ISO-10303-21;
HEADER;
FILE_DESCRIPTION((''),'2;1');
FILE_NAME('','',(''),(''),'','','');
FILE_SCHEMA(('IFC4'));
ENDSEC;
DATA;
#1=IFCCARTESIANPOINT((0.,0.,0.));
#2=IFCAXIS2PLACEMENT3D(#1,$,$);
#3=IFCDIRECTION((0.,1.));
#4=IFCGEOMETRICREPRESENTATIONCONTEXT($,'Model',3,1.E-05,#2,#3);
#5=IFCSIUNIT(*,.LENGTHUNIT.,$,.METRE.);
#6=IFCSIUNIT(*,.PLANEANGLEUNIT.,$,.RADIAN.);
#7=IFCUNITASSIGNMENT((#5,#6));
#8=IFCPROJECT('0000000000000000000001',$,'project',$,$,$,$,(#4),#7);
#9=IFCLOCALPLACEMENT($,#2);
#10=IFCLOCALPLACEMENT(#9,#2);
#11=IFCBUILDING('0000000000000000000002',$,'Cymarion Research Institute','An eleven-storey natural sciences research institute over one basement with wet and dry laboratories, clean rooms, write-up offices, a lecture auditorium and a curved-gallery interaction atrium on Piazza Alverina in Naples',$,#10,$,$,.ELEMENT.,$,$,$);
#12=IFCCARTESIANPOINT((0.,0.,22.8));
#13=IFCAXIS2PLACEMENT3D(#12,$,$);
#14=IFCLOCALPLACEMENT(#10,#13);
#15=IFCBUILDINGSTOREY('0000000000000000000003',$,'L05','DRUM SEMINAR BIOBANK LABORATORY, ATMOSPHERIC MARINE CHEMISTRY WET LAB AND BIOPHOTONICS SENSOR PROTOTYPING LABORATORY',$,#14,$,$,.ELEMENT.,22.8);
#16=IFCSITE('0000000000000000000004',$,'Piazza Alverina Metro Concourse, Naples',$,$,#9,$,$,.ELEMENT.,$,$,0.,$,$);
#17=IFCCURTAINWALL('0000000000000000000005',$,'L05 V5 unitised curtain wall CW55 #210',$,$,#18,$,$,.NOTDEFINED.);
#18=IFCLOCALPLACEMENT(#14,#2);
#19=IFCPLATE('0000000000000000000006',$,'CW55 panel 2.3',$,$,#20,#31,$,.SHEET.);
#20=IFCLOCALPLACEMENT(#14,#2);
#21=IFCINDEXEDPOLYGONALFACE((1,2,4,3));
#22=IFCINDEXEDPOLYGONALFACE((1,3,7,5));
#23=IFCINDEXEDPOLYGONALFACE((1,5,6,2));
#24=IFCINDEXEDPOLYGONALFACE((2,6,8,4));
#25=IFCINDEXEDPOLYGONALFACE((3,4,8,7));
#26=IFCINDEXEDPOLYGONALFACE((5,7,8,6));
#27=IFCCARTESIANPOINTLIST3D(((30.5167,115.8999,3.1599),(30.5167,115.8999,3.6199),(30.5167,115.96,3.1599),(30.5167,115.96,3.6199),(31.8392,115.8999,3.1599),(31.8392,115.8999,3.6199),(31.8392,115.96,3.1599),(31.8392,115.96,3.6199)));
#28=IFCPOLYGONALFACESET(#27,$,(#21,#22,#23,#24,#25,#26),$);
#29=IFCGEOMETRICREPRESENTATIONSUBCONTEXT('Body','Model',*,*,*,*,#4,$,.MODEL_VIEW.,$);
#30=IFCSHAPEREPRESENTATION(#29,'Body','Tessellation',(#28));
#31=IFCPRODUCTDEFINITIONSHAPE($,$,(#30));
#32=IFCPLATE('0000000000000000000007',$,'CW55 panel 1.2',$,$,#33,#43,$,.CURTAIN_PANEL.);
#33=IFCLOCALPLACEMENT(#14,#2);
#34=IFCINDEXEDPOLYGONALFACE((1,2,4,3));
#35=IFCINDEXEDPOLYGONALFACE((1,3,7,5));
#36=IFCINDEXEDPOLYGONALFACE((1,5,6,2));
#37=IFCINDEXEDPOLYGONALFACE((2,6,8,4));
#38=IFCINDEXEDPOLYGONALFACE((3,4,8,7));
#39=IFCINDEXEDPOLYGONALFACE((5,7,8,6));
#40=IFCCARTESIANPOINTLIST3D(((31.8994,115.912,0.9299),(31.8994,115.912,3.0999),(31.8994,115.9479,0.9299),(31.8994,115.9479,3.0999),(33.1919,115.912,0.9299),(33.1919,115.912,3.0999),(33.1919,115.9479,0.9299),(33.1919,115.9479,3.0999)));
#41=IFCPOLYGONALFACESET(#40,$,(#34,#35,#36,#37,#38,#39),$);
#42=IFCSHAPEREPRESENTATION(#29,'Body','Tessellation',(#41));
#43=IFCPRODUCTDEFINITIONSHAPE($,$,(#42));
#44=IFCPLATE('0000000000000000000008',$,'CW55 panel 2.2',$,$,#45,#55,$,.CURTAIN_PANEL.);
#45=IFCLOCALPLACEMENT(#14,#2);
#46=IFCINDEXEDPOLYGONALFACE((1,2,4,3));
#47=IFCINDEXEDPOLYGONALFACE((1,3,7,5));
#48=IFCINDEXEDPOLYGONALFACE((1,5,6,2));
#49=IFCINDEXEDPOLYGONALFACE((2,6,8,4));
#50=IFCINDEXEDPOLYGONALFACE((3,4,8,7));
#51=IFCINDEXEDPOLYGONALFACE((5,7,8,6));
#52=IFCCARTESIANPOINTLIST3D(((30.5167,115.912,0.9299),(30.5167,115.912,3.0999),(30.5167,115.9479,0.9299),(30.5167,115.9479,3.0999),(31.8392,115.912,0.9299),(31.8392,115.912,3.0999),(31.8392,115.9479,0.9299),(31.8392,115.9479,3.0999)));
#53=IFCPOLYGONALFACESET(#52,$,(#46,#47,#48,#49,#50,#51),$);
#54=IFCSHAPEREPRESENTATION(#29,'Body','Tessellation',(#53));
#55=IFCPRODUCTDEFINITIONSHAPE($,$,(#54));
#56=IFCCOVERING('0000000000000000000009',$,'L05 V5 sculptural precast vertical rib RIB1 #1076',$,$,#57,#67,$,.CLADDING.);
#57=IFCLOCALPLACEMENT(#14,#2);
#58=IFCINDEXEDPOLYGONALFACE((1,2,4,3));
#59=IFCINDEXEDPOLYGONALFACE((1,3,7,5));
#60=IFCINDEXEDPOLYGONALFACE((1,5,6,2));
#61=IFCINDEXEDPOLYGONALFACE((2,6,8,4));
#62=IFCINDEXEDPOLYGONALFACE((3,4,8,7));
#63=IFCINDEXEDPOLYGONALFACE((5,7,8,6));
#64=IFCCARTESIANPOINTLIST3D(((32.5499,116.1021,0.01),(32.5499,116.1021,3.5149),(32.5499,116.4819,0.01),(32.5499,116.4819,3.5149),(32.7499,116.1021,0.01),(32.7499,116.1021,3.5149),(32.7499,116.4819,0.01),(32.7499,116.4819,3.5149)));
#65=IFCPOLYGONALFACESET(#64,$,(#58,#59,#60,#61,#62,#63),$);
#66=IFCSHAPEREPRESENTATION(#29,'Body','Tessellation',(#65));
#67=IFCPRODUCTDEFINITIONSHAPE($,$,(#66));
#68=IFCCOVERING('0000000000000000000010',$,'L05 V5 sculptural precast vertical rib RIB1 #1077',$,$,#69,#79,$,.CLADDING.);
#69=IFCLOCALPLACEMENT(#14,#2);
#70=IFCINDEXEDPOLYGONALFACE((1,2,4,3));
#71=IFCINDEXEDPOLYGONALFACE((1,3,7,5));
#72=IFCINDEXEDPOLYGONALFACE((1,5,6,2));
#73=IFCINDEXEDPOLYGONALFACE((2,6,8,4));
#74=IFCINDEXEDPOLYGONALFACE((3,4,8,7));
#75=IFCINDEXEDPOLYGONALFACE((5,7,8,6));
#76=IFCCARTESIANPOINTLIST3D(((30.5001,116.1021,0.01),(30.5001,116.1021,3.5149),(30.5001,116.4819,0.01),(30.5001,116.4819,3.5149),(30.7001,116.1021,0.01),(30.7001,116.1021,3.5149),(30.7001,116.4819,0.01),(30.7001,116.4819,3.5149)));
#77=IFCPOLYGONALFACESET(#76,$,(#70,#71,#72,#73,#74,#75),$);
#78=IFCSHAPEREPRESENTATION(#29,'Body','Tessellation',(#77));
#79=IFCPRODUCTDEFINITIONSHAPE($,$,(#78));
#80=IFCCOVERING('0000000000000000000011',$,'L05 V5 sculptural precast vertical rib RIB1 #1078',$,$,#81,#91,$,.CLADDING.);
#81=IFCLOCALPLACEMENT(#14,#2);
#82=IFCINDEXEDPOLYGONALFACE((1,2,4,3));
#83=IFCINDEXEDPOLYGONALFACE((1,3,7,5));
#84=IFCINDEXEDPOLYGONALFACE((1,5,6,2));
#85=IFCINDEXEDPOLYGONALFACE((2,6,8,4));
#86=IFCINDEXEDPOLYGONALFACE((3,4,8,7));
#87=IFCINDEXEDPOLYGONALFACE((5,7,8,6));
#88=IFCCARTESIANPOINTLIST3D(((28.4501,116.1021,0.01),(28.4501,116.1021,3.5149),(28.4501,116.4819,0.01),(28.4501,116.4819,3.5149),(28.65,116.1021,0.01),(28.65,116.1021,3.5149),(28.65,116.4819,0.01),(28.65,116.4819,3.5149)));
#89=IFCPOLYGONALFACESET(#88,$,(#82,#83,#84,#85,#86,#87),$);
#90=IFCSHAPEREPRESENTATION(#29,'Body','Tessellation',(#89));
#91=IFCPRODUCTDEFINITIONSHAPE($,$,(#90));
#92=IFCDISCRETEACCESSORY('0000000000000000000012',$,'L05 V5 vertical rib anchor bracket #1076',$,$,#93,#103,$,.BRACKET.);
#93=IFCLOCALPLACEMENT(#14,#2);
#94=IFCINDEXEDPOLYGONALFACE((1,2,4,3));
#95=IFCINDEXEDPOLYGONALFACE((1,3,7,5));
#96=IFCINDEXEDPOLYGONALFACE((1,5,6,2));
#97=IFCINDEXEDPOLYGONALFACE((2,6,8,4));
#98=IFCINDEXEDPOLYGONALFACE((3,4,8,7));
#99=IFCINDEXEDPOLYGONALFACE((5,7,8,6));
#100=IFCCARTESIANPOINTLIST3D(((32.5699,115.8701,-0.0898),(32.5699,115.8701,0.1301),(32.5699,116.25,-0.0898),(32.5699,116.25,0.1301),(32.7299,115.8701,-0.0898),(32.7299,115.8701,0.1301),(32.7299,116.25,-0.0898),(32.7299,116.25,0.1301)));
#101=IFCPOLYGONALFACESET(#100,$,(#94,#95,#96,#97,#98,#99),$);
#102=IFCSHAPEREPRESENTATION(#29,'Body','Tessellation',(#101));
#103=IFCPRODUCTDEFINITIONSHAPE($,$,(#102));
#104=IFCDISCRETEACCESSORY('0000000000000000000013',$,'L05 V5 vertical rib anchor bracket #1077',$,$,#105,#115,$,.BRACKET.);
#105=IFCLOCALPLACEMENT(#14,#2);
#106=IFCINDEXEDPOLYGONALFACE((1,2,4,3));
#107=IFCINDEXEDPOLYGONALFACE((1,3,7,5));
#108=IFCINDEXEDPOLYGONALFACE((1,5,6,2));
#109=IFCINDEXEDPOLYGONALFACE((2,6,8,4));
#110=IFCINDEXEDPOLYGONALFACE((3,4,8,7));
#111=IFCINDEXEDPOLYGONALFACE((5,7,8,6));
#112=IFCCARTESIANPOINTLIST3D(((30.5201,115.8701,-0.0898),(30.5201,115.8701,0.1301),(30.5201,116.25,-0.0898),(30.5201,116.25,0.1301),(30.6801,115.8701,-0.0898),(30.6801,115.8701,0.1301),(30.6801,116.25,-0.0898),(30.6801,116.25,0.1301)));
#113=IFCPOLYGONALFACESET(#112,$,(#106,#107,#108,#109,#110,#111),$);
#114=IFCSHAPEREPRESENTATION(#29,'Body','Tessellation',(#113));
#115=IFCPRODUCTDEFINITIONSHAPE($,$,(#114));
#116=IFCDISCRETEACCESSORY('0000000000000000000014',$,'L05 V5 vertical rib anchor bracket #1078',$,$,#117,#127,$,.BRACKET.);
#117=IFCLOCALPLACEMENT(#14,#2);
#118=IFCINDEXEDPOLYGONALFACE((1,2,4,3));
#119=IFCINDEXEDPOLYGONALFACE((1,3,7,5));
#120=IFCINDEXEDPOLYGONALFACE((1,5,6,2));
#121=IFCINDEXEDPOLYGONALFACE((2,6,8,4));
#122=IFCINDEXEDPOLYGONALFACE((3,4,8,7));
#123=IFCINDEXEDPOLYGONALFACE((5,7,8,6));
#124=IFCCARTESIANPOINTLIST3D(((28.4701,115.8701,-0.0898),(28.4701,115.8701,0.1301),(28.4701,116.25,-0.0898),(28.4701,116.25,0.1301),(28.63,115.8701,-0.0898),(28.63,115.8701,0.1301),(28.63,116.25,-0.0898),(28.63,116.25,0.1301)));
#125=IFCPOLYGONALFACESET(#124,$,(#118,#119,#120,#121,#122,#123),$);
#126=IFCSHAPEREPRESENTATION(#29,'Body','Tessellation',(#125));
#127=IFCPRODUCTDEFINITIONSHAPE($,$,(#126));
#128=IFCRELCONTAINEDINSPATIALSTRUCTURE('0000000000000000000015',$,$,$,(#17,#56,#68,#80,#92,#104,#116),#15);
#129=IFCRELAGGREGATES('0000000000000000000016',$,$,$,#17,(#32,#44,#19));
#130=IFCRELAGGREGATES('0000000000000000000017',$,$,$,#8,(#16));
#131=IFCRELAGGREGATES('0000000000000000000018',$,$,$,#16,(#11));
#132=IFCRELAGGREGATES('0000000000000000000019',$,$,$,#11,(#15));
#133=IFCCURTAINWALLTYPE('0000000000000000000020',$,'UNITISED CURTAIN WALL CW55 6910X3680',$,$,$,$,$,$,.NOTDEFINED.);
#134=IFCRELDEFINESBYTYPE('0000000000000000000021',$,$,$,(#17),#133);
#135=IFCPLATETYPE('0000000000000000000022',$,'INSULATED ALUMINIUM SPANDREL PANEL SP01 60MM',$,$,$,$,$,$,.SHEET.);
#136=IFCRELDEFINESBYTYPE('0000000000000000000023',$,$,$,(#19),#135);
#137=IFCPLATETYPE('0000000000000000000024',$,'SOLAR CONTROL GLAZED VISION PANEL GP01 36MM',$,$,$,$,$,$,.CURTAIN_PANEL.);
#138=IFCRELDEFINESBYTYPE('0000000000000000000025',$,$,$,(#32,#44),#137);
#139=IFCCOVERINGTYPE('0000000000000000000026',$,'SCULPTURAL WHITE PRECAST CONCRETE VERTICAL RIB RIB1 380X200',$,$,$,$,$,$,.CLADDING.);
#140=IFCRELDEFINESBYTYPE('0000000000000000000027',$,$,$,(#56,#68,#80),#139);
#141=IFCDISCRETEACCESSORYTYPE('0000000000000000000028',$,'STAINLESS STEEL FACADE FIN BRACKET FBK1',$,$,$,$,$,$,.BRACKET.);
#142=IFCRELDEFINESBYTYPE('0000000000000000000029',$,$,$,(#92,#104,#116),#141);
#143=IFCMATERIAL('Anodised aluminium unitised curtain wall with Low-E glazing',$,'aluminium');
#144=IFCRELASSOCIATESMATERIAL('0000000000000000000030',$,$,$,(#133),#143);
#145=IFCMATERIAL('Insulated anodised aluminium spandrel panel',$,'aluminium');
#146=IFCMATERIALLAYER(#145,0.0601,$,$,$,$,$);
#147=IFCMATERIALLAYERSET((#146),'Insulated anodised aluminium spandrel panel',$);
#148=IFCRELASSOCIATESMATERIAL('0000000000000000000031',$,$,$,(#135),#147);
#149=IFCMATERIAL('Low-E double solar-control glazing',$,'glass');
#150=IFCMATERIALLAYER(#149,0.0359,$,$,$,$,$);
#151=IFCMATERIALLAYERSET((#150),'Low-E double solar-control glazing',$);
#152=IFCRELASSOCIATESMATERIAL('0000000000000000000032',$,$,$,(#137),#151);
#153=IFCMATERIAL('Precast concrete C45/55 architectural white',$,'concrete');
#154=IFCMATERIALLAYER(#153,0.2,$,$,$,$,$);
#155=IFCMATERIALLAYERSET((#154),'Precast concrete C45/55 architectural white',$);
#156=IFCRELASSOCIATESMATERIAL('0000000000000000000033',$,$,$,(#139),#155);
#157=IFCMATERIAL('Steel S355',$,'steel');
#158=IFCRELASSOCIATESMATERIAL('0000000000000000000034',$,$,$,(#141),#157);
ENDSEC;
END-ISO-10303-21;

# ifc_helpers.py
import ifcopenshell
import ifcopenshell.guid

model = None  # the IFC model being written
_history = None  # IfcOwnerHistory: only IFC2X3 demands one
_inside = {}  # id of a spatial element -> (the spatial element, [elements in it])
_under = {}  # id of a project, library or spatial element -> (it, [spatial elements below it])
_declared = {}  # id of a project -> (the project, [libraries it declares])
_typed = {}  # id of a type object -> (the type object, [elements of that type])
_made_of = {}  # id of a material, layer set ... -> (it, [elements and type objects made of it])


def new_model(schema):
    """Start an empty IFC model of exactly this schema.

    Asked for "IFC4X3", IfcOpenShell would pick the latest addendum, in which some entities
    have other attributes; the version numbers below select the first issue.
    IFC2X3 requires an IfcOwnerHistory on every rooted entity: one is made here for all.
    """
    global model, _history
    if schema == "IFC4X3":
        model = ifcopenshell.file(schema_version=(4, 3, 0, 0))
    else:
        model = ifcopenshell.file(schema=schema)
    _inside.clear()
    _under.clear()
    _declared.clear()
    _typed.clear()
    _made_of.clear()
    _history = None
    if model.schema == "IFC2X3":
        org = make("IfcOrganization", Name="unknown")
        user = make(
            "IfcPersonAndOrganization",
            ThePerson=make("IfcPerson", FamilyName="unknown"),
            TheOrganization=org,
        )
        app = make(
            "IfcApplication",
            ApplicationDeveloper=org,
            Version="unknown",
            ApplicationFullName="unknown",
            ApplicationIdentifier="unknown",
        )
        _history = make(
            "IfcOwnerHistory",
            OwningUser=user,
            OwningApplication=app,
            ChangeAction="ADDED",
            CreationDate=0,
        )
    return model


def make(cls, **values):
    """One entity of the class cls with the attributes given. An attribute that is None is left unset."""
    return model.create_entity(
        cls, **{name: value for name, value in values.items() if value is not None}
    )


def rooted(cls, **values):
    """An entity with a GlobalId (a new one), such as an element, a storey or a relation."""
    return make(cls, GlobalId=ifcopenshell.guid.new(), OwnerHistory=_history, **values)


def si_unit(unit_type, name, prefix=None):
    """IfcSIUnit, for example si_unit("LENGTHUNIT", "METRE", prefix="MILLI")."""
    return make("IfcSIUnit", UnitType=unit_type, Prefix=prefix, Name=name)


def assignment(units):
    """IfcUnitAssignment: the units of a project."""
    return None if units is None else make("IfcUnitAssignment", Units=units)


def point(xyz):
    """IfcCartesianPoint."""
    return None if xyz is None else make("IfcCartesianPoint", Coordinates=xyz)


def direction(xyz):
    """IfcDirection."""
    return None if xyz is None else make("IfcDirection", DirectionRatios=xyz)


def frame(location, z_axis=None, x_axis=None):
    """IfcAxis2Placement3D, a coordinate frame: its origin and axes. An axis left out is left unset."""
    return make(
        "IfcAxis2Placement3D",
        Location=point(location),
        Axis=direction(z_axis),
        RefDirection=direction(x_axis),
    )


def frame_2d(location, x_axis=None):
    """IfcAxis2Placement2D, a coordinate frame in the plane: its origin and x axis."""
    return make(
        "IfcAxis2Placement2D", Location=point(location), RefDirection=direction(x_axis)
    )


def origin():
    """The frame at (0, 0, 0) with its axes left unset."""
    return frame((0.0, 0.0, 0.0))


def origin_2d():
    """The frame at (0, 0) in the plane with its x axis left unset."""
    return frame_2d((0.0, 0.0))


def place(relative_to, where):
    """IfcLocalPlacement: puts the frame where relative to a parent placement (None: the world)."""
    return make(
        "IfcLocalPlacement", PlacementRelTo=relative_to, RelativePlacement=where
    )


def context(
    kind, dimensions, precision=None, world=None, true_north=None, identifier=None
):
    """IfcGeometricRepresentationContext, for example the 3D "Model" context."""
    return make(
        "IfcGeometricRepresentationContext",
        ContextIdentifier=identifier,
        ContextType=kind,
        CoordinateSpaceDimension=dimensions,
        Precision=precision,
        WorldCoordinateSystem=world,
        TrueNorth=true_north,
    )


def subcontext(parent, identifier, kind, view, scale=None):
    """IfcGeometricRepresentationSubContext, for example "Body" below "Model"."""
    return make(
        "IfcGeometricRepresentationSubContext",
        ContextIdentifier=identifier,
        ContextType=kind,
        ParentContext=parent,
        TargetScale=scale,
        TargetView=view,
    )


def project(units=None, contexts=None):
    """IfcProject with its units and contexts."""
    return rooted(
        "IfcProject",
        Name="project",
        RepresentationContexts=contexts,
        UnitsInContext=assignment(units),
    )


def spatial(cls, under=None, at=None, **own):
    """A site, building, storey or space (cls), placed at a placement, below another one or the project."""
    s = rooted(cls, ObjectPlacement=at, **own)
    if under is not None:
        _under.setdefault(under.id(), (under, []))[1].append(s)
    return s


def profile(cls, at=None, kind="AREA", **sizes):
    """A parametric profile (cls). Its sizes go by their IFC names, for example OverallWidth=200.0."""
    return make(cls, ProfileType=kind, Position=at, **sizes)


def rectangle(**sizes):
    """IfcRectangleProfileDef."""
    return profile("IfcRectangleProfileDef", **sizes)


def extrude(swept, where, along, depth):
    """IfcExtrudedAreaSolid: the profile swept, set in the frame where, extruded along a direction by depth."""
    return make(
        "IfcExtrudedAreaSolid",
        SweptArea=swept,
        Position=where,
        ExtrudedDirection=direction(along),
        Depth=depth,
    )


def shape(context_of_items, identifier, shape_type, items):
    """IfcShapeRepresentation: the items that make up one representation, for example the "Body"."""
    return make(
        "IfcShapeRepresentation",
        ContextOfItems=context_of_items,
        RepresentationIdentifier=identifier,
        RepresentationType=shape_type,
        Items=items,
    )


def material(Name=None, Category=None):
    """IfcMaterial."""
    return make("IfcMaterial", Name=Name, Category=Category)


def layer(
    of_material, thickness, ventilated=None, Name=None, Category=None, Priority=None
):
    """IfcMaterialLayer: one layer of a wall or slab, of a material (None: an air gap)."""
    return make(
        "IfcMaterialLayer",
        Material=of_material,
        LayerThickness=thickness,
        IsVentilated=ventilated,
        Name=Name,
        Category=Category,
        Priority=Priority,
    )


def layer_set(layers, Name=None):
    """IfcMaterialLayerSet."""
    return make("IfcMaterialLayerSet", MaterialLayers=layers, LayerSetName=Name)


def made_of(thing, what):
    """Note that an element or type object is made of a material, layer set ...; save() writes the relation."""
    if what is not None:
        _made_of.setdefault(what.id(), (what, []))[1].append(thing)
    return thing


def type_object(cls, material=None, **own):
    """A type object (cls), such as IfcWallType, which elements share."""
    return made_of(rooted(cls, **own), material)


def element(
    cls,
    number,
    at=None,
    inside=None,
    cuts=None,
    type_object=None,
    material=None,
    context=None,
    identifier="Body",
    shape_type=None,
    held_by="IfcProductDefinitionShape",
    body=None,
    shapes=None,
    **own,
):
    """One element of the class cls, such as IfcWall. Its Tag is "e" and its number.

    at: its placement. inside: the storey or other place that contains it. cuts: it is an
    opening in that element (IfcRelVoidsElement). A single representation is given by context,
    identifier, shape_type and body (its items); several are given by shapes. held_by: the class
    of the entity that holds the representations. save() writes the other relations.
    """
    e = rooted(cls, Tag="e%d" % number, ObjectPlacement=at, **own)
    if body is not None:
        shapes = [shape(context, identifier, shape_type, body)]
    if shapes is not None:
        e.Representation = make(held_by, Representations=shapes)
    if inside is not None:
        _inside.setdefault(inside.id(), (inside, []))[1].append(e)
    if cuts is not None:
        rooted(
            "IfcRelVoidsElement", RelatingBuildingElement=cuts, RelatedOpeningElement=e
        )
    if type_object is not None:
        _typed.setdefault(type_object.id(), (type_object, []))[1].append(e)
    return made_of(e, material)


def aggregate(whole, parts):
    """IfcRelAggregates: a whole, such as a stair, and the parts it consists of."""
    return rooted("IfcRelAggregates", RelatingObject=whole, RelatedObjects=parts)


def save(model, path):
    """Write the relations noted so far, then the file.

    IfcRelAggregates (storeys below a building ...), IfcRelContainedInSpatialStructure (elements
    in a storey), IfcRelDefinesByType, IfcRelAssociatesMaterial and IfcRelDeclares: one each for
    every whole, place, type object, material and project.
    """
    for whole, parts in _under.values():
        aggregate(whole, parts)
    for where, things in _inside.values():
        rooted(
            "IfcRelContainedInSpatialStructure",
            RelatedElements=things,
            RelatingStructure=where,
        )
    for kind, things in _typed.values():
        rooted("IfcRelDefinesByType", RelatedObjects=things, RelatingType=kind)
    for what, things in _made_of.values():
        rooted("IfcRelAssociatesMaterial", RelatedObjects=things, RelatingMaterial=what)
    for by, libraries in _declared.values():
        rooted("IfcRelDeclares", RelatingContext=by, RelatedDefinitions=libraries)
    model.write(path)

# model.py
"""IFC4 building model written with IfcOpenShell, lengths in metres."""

from ifc_helpers import new_model, si_unit, direction, frame, origin, origin_2d, place, context, subcontext, project, spatial, rectangle, extrude, material, layer, layer_set, type_object, element, aggregate, save


model = new_model("IFC4")

# Units and contexts
model_context = context("Model", 3, precision=1e-05, world=origin(), true_north=direction((0.0, 1.0)))
body_context = subcontext(model_context, "Body", "Model", "MODEL_VIEW")
ifc_project = project(units=[si_unit("LENGTHUNIT", "METRE"), si_unit("PLANEANGLEUNIT", "RADIAN")], contexts=[model_context])

# Site, building, storey
site_placement = place(None, origin())
site = spatial("IfcSite", under=ifc_project, at=site_placement, Name="Piazza Alverina Metro Concourse, Naples", CompositionType="ELEMENT", RefElevation=0.0)
building_placement = place(site_placement, origin())
building = spatial("IfcBuilding", under=site, at=building_placement, Name="Cymarion Research Institute", Description="An eleven-storey natural sciences research institute over one basement with wet and dry laboratories, clean rooms, write-up offices, a lecture auditorium and a curved-gallery interaction atrium on Piazza Alverina in Naples", CompositionType="ELEMENT")
storey_placement = place(building_placement, frame((0.0, 0.0, 22.8)))
storey = spatial("IfcBuildingStorey", under=building, at=storey_placement, Name="L05", Description="DRUM SEMINAR BIOBANK LABORATORY, ATMOSPHERIC MARINE CHEMISTRY WET LAB AND BIOPHOTONICS SENSOR PROTOTYPING LABORATORY", CompositionType="ELEMENT", Elevation=22.8)

# Curtain wall, plates
ifc_material_1 = material(Name="Anodised aluminium unitised curtain wall with Low-E glazing", Category="aluminium")
curtain_wall_type = type_object("IfcCurtainWallType", Name="UNITISED CURTAIN WALL CW55 6910X3680", PredefinedType="NOTDEFINED", material=ifc_material_1)
curtain_wall_placement = place(storey_placement, origin())
curtain_wall = element("IfcCurtainWall", 1, at=curtain_wall_placement, inside=storey, type_object=curtain_wall_type, Name="L05 V5 unitised curtain wall CW55 #210", PredefinedType="NOTDEFINED")
ifc_material_2 = material(Name="Insulated anodised aluminium spandrel panel", Category="aluminium")
ifc_layer_1 = layer(ifc_material_2, 0.0601)
ifc_layer_set_1 = layer_set([ifc_layer_1], Name="Insulated anodised aluminium spandrel panel")
plate_type_1 = type_object("IfcPlateType", Name="INSULATED ALUMINIUM SPANDREL PANEL SP01 60MM", PredefinedType="SHEET", material=ifc_layer_set_1)
plate_1_placement = place(storey_placement, frame((31.178, 115.9299, 3.1599), z_axis=(0.0, 0.0, 1.0), x_axis=(-1.0, 0.0, 0.0)))
plate_1 = element("IfcPlate", 2, at=plate_1_placement, type_object=plate_type_1, Name="CW55 panel 2.3", PredefinedType="SHEET", context=body_context, shape_type="SweptSolid", body=[
    extrude(rectangle(XDim=1.3225, YDim=0.0601, at=origin_2d()), origin(), (0.0, 0.0, 1.0), 0.46),
])
ifc_material_3 = material(Name="Low-E double solar-control glazing", Category="glass")
ifc_layer_2 = layer(ifc_material_3, 0.0359)
ifc_layer_set_2 = layer_set([ifc_layer_2], Name="Low-E double solar-control glazing")
plate_type_2 = type_object("IfcPlateType", Name="SOLAR CONTROL GLAZED VISION PANEL GP01 36MM", PredefinedType="CURTAIN_PANEL", material=ifc_layer_set_2)
plate_2_placement = place(storey_placement, frame((32.5457, 115.9299, 0.9299), z_axis=(0.0, 0.0, 1.0), x_axis=(-1.0, 0.0, 0.0)))
plate_2 = element("IfcPlate", 3, at=plate_2_placement, type_object=plate_type_2, Name="CW55 panel 1.2", PredefinedType="CURTAIN_PANEL", context=body_context, shape_type="SweptSolid", body=[
    extrude(rectangle(XDim=1.2925, YDim=0.0359, at=origin_2d()), origin(), (0.0, 0.0, 1.0), 2.1699),
])
plate_3_placement = place(storey_placement, frame((31.178, 115.9299, 0.9299), z_axis=(0.0, 0.0, 1.0), x_axis=(-1.0, 0.0, 0.0)))
plate_3 = element("IfcPlate", 4, at=plate_3_placement, type_object=plate_type_2, Name="CW55 panel 2.2", PredefinedType="CURTAIN_PANEL", context=body_context, shape_type="SweptSolid", body=[
    extrude(rectangle(XDim=1.3225, YDim=0.0359, at=origin_2d()), origin(), (0.0, 0.0, 1.0), 2.1699),
])
aggregate(curtain_wall, [plate_2, plate_3, plate_1])

# Coverings
ifc_material_4 = material(Name="Precast concrete C45/55 architectural white", Category="concrete")
ifc_layer_3 = layer(ifc_material_4, 0.2)
ifc_layer_set_3 = layer_set([ifc_layer_3], Name="Precast concrete C45/55 architectural white")
covering_type = type_object("IfcCoveringType", Name="SCULPTURAL WHITE PRECAST CONCRETE VERTICAL RIB RIB1 380X200", PredefinedType="CLADDING", material=ifc_layer_set_3)
for number, where, z_axis, x_axis, name in (
    (5, (32.6499, 116.292, 0.01), (0.0, 0.0, 1.0), (0.0, 1.0, 0.0), "L05 V5 sculptural precast vertical rib RIB1 #1076"),
    (6, (30.6001, 116.292, 0.01), (0.0, 0.0, 1.0), (0.0, 1.0, 0.0), "L05 V5 sculptural precast vertical rib RIB1 #1077"),
    (7, (28.55, 116.292, 0.01), (0.0, 0.0, 1.0), (0.0, 1.0, 0.0), "L05 V5 sculptural precast vertical rib RIB1 #1078"),
):
    element("IfcCovering", number, at=place(storey_placement, frame(where, z_axis=z_axis, x_axis=x_axis)), inside=storey, type_object=covering_type, Name=name, PredefinedType="CLADDING", context=body_context, shape_type="SweptSolid", body=[
        extrude(rectangle(XDim=0.3799, YDim=0.2, at=origin_2d()), origin(), (0.0, 0.0, 1.0), 3.5049),
    ])

# Discrete accessories
ifc_material_5 = material(Name="Steel S355", Category="steel")
discrete_accessory_type = type_object("IfcDiscreteAccessoryType", Name="STAINLESS STEEL FACADE FIN BRACKET FBK1", PredefinedType="BRACKET", material=ifc_material_5)
for number, where, z_axis, x_axis, name in (
    (8, (32.6499, 116.0601, -0.0898), (0.0, 0.0, 1.0), (0.0, 1.0, 0.0), "L05 V5 vertical rib anchor bracket #1076"),
    (9, (30.6001, 116.0601, -0.0898), (0.0, 0.0, 1.0), (0.0, 1.0, 0.0), "L05 V5 vertical rib anchor bracket #1077"),
    (10, (28.55, 116.0601, -0.0898), (0.0, 0.0, 1.0), (0.0, 1.0, 0.0), "L05 V5 vertical rib anchor bracket #1078"),
):
    element("IfcDiscreteAccessory", number, at=place(storey_placement, frame(where, z_axis=z_axis, x_axis=x_axis)), inside=storey, type_object=discrete_accessory_type, Name=name, PredefinedType="BRACKET", context=body_context, shape_type="SweptSolid", body=[
        extrude(rectangle(XDim=0.3799, YDim=0.1599, at=origin_2d()), origin(), (0.0, 0.0, 1.0), 0.22),
    ])

save(model, "model.ifc")
